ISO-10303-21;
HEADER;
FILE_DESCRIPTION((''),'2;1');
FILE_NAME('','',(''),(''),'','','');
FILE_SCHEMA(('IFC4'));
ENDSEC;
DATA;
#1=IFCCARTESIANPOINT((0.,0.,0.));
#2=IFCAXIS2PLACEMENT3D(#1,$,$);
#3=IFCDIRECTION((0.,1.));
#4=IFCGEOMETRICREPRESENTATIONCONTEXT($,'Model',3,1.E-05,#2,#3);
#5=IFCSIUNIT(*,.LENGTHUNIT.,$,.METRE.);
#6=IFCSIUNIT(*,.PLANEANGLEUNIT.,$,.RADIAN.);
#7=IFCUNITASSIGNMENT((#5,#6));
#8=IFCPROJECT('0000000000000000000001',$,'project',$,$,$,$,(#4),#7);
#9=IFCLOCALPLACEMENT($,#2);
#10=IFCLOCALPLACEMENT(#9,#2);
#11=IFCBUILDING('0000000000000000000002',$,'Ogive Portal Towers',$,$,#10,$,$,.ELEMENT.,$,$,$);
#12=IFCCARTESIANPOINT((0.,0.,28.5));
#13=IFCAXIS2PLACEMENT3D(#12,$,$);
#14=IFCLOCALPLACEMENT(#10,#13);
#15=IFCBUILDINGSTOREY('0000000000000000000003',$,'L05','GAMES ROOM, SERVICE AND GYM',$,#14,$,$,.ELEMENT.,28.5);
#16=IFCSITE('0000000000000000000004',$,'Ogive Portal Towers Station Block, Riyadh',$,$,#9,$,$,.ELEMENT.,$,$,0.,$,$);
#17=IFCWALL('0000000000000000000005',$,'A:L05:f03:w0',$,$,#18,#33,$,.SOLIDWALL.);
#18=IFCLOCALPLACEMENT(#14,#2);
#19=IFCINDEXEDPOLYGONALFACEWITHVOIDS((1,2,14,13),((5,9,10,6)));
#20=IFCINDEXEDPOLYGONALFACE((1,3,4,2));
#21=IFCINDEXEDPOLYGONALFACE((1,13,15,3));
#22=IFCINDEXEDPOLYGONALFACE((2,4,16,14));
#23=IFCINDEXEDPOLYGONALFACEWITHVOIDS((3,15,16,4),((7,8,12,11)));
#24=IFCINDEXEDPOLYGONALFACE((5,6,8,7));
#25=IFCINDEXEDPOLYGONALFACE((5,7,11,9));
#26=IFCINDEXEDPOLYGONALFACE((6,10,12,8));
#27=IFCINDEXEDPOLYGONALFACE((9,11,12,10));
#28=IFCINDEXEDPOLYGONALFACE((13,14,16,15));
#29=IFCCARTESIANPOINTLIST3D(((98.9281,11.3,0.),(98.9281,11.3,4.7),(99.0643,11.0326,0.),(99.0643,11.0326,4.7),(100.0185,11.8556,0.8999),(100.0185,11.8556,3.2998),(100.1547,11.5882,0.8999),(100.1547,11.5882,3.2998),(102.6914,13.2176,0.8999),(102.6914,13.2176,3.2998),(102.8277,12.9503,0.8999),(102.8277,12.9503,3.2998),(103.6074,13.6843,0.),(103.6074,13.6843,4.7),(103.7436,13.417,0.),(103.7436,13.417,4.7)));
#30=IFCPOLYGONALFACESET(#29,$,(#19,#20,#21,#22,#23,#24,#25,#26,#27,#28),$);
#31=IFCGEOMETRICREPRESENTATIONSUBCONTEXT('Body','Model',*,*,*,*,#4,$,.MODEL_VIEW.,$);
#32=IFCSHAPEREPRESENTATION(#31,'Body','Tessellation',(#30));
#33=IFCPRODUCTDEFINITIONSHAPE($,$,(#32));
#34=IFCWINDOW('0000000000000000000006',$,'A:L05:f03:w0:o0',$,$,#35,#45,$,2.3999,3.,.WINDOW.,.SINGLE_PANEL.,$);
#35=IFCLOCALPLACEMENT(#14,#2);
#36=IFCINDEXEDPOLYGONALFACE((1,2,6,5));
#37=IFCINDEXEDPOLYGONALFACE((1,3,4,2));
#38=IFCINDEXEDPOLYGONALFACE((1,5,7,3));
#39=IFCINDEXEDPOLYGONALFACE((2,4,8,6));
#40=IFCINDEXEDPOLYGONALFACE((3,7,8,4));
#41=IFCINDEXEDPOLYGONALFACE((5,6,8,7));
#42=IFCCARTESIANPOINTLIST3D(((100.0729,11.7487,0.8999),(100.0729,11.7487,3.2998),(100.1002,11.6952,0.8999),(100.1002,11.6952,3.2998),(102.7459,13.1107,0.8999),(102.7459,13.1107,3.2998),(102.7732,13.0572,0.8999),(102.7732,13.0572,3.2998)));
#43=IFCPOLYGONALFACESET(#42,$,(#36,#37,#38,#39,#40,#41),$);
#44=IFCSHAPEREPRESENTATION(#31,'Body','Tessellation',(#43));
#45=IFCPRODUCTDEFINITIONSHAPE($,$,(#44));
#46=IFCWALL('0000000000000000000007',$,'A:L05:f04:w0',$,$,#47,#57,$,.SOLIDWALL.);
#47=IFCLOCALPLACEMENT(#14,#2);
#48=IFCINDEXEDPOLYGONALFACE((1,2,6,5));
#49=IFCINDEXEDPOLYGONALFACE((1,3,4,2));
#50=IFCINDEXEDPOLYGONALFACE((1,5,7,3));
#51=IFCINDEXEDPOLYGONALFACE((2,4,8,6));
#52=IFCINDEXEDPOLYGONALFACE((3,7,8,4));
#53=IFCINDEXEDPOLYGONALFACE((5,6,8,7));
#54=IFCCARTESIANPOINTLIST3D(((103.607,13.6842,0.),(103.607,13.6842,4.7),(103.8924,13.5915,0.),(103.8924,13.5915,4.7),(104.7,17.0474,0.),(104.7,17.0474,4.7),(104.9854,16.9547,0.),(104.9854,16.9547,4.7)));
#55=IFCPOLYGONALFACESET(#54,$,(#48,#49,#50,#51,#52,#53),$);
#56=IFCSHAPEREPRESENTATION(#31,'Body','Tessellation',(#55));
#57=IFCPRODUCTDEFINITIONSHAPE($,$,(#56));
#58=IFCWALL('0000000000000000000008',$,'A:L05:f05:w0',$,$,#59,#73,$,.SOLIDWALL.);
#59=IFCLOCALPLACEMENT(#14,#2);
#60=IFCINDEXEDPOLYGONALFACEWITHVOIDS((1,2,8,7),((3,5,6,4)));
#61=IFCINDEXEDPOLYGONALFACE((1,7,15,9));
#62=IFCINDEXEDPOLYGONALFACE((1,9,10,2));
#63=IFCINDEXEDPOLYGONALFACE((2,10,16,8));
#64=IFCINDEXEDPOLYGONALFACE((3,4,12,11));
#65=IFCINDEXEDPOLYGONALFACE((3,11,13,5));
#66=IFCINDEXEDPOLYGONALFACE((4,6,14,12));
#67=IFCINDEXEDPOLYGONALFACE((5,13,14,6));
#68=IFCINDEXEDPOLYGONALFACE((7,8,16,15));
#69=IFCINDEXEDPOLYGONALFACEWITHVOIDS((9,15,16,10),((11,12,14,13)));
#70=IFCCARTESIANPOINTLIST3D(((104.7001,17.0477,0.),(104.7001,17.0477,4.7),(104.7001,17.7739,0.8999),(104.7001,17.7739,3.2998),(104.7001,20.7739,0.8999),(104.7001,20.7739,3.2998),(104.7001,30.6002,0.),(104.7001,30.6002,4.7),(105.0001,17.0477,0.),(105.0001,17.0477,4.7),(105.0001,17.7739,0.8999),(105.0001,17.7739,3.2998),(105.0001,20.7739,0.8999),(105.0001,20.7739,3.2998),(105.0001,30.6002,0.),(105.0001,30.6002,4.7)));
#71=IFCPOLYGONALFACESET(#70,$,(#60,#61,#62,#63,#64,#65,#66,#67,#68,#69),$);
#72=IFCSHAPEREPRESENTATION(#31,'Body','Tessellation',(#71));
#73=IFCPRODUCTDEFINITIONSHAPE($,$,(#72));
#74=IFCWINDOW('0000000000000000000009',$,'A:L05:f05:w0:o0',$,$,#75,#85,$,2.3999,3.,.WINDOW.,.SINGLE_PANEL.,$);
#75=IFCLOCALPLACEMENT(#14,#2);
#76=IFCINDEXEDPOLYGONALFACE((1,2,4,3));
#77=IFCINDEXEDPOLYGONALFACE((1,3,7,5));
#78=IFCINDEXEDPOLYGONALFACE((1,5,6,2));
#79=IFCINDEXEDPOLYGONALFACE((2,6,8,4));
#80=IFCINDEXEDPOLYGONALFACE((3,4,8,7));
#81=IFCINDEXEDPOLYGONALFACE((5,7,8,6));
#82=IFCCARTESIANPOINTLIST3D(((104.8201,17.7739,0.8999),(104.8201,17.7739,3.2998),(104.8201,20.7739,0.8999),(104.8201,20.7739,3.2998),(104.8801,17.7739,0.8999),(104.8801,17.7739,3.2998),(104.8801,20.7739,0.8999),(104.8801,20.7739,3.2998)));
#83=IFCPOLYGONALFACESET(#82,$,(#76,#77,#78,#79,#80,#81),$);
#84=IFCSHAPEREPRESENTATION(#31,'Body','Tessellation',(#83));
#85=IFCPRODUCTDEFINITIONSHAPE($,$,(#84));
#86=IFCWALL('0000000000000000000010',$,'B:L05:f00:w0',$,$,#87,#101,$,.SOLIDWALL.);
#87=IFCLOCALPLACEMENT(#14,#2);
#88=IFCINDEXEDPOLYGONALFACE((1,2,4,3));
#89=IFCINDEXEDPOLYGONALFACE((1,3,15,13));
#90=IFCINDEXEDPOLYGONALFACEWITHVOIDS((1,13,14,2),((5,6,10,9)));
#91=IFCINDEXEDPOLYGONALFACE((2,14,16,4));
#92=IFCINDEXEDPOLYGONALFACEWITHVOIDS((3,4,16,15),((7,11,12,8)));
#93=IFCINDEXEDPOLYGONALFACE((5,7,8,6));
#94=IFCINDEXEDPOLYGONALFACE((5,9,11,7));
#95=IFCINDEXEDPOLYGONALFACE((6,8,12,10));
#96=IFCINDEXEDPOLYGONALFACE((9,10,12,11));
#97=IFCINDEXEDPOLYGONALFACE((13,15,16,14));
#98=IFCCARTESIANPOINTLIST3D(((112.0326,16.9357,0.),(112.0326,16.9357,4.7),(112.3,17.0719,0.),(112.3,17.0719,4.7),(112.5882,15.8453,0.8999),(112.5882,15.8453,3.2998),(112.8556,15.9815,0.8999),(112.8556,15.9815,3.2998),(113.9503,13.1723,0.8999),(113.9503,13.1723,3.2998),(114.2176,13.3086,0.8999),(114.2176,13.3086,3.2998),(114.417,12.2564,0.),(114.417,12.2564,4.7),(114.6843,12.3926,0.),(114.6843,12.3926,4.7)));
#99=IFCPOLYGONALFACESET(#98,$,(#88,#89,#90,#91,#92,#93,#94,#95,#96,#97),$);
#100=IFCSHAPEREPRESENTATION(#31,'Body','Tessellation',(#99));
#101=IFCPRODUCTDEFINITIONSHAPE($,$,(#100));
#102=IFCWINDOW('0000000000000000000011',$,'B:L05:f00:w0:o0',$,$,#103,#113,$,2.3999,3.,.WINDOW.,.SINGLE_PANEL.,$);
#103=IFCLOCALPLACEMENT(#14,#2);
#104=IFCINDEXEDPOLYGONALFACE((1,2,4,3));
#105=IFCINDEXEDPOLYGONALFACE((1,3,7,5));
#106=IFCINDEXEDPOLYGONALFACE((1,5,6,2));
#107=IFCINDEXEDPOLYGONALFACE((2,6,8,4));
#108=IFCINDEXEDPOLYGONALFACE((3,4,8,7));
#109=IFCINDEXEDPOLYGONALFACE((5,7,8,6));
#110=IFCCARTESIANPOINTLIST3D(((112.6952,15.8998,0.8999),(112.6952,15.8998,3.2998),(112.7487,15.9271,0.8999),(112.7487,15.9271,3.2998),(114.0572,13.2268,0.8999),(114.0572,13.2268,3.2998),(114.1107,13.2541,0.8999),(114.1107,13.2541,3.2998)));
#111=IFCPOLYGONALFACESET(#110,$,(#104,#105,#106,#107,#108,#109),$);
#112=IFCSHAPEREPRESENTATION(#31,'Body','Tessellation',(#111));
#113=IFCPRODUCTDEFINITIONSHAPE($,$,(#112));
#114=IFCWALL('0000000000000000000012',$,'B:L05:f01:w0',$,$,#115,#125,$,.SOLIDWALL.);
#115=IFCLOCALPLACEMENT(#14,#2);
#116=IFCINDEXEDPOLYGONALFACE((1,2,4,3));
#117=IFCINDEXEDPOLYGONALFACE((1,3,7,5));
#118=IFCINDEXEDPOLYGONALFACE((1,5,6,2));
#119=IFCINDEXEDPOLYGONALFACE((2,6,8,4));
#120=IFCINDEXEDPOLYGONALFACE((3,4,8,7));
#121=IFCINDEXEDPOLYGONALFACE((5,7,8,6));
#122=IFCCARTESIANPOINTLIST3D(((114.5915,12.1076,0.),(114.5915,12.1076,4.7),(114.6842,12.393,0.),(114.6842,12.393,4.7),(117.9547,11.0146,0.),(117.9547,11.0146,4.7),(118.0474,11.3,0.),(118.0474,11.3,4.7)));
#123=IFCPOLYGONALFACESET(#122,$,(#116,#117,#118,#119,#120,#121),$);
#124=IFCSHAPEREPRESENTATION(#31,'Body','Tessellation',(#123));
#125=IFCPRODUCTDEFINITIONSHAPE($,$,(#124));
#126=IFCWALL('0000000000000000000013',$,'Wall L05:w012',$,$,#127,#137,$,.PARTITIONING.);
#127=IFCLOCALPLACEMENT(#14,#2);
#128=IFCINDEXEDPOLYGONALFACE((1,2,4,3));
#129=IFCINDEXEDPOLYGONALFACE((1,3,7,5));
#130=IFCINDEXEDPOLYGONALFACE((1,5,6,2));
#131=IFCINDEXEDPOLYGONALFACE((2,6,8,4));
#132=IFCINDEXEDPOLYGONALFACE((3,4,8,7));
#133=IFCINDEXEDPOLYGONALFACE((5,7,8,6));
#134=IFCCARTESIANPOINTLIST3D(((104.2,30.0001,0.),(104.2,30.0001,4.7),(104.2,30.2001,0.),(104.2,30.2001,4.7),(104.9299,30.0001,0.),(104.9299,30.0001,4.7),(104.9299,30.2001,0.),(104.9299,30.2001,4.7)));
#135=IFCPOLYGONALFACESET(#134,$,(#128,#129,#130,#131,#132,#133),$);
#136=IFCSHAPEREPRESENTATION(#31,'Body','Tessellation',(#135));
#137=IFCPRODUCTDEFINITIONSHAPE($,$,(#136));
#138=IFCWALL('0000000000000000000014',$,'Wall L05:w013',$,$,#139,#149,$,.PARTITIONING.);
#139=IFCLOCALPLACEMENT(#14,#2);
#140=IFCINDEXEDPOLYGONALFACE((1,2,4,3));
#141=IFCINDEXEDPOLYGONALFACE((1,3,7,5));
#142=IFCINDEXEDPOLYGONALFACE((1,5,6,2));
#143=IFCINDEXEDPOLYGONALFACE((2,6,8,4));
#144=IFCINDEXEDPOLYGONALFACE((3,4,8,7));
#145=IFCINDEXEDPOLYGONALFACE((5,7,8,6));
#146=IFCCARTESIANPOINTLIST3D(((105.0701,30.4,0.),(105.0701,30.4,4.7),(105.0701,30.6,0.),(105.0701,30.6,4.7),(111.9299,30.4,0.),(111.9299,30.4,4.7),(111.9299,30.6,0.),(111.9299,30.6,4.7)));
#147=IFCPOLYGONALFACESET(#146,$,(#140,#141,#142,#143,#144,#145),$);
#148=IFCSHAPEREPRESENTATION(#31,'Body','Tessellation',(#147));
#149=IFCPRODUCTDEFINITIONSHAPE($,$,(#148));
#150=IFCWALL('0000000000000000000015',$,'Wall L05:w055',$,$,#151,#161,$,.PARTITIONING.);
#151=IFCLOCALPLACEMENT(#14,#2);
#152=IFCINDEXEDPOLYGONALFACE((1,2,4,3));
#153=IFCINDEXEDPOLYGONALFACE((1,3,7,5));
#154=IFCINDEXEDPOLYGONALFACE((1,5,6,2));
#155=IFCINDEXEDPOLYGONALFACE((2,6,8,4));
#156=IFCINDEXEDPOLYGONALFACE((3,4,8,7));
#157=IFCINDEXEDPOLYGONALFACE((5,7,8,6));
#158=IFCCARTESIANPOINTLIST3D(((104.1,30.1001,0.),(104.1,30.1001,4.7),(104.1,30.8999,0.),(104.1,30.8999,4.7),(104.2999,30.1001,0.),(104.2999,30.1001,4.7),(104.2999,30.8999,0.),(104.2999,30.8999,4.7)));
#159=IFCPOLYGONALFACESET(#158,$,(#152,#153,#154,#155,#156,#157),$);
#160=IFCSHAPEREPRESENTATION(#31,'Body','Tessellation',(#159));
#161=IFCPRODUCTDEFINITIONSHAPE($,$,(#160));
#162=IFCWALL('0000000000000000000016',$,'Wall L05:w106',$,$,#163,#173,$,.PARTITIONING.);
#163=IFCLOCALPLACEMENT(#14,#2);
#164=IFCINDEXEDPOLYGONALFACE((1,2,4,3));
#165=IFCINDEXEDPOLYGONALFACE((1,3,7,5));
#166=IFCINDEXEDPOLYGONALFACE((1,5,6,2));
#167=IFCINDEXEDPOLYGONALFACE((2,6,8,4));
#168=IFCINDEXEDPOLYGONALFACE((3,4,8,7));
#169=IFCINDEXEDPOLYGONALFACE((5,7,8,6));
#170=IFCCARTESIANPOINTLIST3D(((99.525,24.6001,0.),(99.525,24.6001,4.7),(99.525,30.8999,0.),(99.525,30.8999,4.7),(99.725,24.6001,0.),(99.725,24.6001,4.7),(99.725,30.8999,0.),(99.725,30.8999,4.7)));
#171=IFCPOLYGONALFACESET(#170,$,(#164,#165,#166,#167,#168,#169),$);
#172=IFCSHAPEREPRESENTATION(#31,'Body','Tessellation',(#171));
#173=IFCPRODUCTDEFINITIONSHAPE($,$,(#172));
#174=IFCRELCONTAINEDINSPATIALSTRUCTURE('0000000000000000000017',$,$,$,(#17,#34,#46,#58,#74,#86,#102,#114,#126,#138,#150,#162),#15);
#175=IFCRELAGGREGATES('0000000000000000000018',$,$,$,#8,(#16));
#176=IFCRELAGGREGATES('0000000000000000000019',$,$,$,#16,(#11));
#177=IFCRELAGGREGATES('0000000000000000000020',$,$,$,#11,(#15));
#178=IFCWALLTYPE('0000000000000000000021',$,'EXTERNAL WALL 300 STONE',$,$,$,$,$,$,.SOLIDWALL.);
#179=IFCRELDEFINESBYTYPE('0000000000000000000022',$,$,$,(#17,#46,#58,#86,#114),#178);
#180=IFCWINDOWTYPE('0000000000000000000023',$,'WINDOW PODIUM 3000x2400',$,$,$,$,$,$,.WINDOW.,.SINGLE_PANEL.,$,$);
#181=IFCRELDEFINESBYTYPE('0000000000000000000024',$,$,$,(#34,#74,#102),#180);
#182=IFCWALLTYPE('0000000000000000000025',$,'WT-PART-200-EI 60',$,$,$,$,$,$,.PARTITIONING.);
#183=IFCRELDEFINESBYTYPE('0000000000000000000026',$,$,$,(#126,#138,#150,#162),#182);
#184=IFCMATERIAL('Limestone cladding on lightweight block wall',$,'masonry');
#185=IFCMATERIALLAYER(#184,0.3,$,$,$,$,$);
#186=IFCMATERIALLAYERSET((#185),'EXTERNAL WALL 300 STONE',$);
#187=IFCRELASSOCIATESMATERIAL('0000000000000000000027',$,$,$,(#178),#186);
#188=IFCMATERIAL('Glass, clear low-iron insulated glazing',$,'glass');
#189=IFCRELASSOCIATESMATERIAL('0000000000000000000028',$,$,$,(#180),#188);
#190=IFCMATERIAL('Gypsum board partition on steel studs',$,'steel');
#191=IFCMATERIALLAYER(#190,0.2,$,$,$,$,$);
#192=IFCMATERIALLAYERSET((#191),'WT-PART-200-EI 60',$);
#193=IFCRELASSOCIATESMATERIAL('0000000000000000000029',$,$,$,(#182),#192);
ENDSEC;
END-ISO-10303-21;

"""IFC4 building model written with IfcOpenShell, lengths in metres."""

from ifc_helpers import new_model, si_unit, direction, frame, frame_2d, origin, place, context, subcontext, project, spatial, rectangle, extrude, material, layer, layer_set, type_object, element, fill, save


model = new_model("IFC4")

# Units and contexts
model_context = context("Model", 3, precision=1e-05, world=origin(), true_north=direction((0.0, 1.0)))
body_context = subcontext(model_context, "Body", "Model", "MODEL_VIEW")
ifc_project = project(units=[si_unit("LENGTHUNIT", "METRE"), si_unit("PLANEANGLEUNIT", "RADIAN")], contexts=[model_context])

# Site, building, storey
site_placement = place(None, origin())
site = spatial("IfcSite", under=ifc_project, at=site_placement, Name="Ogive Portal Towers Station Block, Riyadh", CompositionType="ELEMENT", RefElevation=0.0)
building_placement = place(site_placement, origin())
building = spatial("IfcBuilding", under=site, at=building_placement, Name="Ogive Portal Towers", CompositionType="ELEMENT")
storey_placement = place(building_placement, frame((0.0, 0.0, 28.5)))
storey = spatial("IfcBuildingStorey", under=building, at=storey_placement, Name="L05", Description="GAMES ROOM, SERVICE AND GYM", CompositionType="ELEMENT", Elevation=28.5)

# Wall, opening, window
ifc_material_1 = material(Name="Limestone cladding on lightweight block wall", Category="masonry")
ifc_layer_1 = layer(ifc_material_1, 0.3)
ifc_layer_set_1 = layer_set([ifc_layer_1], Name="EXTERNAL WALL 300 STONE")
wall_type_1 = type_object("IfcWallType", Name="EXTERNAL WALL 300 STONE", PredefinedType="SOLIDWALL", material=ifc_layer_set_1)
wall_1_placement = place(storey_placement, frame((98.9961, 11.1663, 0.0), z_axis=(0.0, 0.0, 1.0), x_axis=(0.890998, 0.454007, 0.0)))
wall_1 = element("IfcWall", 1, at=wall_1_placement, inside=storey, type_object=wall_type_1, Name="A:L05:f03:w0", PredefinedType="SOLIDWALL", context=body_context, shape_type="SweptSolid", body=[
    extrude(rectangle(XDim=5.2517, YDim=0.3, at=frame_2d((2.626, 0.0))), origin(), (0.0, 0.0, 1.0), 4.7),
])
opening_1_placement = place(wall_1_placement, frame((1.2239, 0.0, 0.8999)))
opening_1 = element("IfcOpeningElement", 2, at=opening_1_placement, cuts=wall_1, PredefinedType="OPENING", context=body_context, shape_type="SweptSolid", body=[
    extrude(rectangle(XDim=3.0, YDim=2.3999, at=frame_2d((1.5, 1.2))), frame((0.0, 0.1602, 0.0), z_axis=(0.0, -1.0, 0.0), x_axis=(1.0, 0.0, 0.0)), (0.0, 0.0, 1.0), 0.3201),
])
ifc_material_2 = material(Name="Glass, clear low-iron insulated glazing", Category="glass")
window_type = type_object("IfcWindowType", Name="WINDOW PODIUM 3000x2400", PartitioningType="SINGLE_PANEL", PredefinedType="WINDOW", material=ifc_material_2)
window_1_placement = place(opening_1_placement, origin())
window_1 = element("IfcWindow", 3, at=window_1_placement, inside=storey, type_object=window_type, Name="A:L05:f03:w0:o0", OverallHeight=2.3999, OverallWidth=3.0, PartitioningType="SINGLE_PANEL", PredefinedType="WINDOW", context=body_context, shape_type="SweptSolid", body=[
    extrude(rectangle(XDim=3.0, YDim=2.3999, at=frame_2d((1.5, 1.2))), frame((0.0, 0.03, 0.0), z_axis=(0.0, -1.0, 0.0), x_axis=(1.0, 0.0, 0.0)), (0.0, 0.0, 1.0), 0.0601),
])
fill(opening_1, window_1)

# Wall
wall_2_placement = place(storey_placement, frame((103.7498, 13.6379, 0.0), z_axis=(0.0, 0.0, 1.0), x_axis=(0.309074, 0.951038, 0.0)))
element("IfcWall", 4, at=wall_2_placement, inside=storey, type_object=wall_type_1, Name="A:L05:f04:w0", PredefinedType="SOLIDWALL", context=body_context, shape_type="SweptSolid", body=[
    extrude(rectangle(XDim=3.5364, YDim=0.3, at=frame_2d((1.7681, 0.0))), origin(), (0.0, 0.0, 1.0), 4.7),
])

# Walls, openings, windows
wall_3_placement = place(storey_placement, frame((104.8501, 17.0476, 0.0), z_axis=(0.0, 0.0, 1.0), x_axis=(0.0, 1.0, 0.0)))
wall_3 = element("IfcWall", 5, at=wall_3_placement, inside=storey, type_object=wall_type_1, Name="A:L05:f05:w0", PredefinedType="SOLIDWALL", context=body_context, shape_type="SweptSolid", body=[
    extrude(rectangle(XDim=13.5525, YDim=0.3, at=frame_2d((6.7764, 0.0))), origin(), (0.0, 0.0, 1.0), 4.7),
])
opening_2_placement = place(wall_3_placement, frame((0.7263, 0.0, 0.8999)))
opening_2 = element("IfcOpeningElement", 6, at=opening_2_placement, cuts=wall_3, PredefinedType="OPENING", context=body_context, shape_type="SweptSolid", body=[
    extrude(rectangle(XDim=3.0, YDim=2.3999, at=frame_2d((1.5, 1.2))), frame((0.0, 0.1602, 0.0), z_axis=(0.0, -1.0, 0.0), x_axis=(1.0, 0.0, 0.0)), (0.0, 0.0, 1.0), 0.3201),
])
window_2_placement = place(opening_2_placement, origin())
window_2 = element("IfcWindow", 7, at=window_2_placement, inside=storey, type_object=window_type, Name="A:L05:f05:w0:o0", OverallHeight=2.3999, OverallWidth=3.0, PartitioningType="SINGLE_PANEL", PredefinedType="WINDOW", context=body_context, shape_type="SweptSolid", body=[
    extrude(rectangle(XDim=3.0, YDim=2.3999, at=frame_2d((1.5, 1.2))), frame((0.0, 0.03, 0.0), z_axis=(0.0, -1.0, 0.0), x_axis=(1.0, 0.0, 0.0)), (0.0, 0.0, 1.0), 0.0601),
])
fill(opening_2, window_2)
wall_4_placement = place(storey_placement, frame((112.1663, 17.0039, 0.0), z_axis=(0.0, 0.0, 1.0), x_axis=(0.454007, -0.890998, 0.0)))
wall_4 = element("IfcWall", 8, at=wall_4_placement, inside=storey, type_object=wall_type_1, Name="B:L05:f00:w0", PredefinedType="SOLIDWALL", context=body_context, shape_type="SweptSolid", body=[
    extrude(rectangle(XDim=5.2517, YDim=0.3, at=frame_2d((2.626, 0.0))), origin(), (0.0, 0.0, 1.0), 4.7),
])
opening_3_placement = place(wall_4_placement, frame((1.2239, 0.0, 0.8999)))
opening_3 = element("IfcOpeningElement", 9, at=opening_3_placement, cuts=wall_4, PredefinedType="OPENING", context=body_context, shape_type="SweptSolid", body=[
    extrude(rectangle(XDim=3.0, YDim=2.3999, at=frame_2d((1.5, 1.2))), frame((0.0, 0.1602, 0.0), z_axis=(0.0, -1.0, 0.0), x_axis=(1.0, 0.0, 0.0)), (0.0, 0.0, 1.0), 0.3201),
])
window_3_placement = place(opening_3_placement, origin())
window_3 = element("IfcWindow", 10, at=window_3_placement, inside=storey, type_object=window_type, Name="B:L05:f00:w0:o0", OverallHeight=2.3999, OverallWidth=3.0, PartitioningType="SINGLE_PANEL", PredefinedType="WINDOW", context=body_context, shape_type="SweptSolid", body=[
    extrude(rectangle(XDim=3.0, YDim=2.3999, at=frame_2d((1.5, 1.2))), frame((0.0, 0.03, 0.0), z_axis=(0.0, -1.0, 0.0), x_axis=(1.0, 0.0, 0.0)), (0.0, 0.0, 1.0), 0.0601),
])
fill(opening_3, window_3)

# Walls
wall_5_placement = place(storey_placement, frame((114.6379, 12.2502, 0.0), z_axis=(0.0, 0.0, 1.0), x_axis=(0.951038, -0.309074, 0.0)))
element("IfcWall", 11, at=wall_5_placement, inside=storey, type_object=wall_type_1, Name="B:L05:f01:w0", PredefinedType="SOLIDWALL", context=body_context, shape_type="SweptSolid", body=[
    extrude(rectangle(XDim=3.5364, YDim=0.3, at=frame_2d((1.7681, 0.0))), origin(), (0.0, 0.0, 1.0), 4.7),
])
ifc_material_3 = material(Name="Gypsum board partition on steel studs", Category="steel")
ifc_layer_2 = layer(ifc_material_3, 0.2)
ifc_layer_set_2 = layer_set([ifc_layer_2], Name="WT-PART-200-EI 60")
wall_type_2 = type_object("IfcWallType", Name="WT-PART-200-EI 60", PredefinedType="PARTITIONING", material=ifc_layer_set_2)
wall_6_placement = place(storey_placement, frame((104.2, 30.1001, 0.0), z_axis=(0.0, 0.0, 1.0), x_axis=(1.0, 0.0, 0.0)))
element("IfcWall", 12, at=wall_6_placement, inside=storey, type_object=wall_type_2, Name="Wall L05:w012", PredefinedType="PARTITIONING", context=body_context, shape_type="SweptSolid", body=[
    extrude(rectangle(XDim=0.73, YDim=0.2, at=frame_2d((0.365, 0.0))), origin(), (0.0, 0.0, 1.0), 4.7),
])
wall_7_placement = place(storey_placement, frame((105.0701, 30.5, 0.0), z_axis=(0.0, 0.0, 1.0), x_axis=(1.0, 0.0, 0.0)))
element("IfcWall", 13, at=wall_7_placement, inside=storey, type_object=wall_type_2, Name="Wall L05:w013", PredefinedType="PARTITIONING", context=body_context, shape_type="SweptSolid", body=[
    extrude(rectangle(XDim=6.8599, YDim=0.2, at=frame_2d((3.4299, 0.0))), origin(), (0.0, 0.0, 1.0), 4.7),
])
wall_8_placement = place(storey_placement, frame((104.2, 30.1001, 0.0), z_axis=(0.0, 0.0, 1.0), x_axis=(0.0, 1.0, 0.0)))
element("IfcWall", 14, at=wall_8_placement, inside=storey, type_object=wall_type_2, Name="Wall L05:w055", PredefinedType="PARTITIONING", context=body_context, shape_type="SweptSolid", body=[
    extrude(rectangle(XDim=0.7998, YDim=0.2, at=frame_2d((0.3999, 0.0))), origin(), (0.0, 0.0, 1.0), 4.7),
])
wall_9_placement = place(storey_placement, frame((99.625, 24.6001, 0.0), z_axis=(0.0, 0.0, 1.0), x_axis=(0.0, 1.0, 0.0)))
element("IfcWall", 15, at=wall_9_placement, inside=storey, type_object=wall_type_2, Name="Wall L05:w106", PredefinedType="PARTITIONING", context=body_context, shape_type="SweptSolid", body=[
    extrude(rectangle(XDim=6.2998, YDim=0.2, at=frame_2d((3.1499, 0.0))), origin(), (0.0, 0.0, 1.0), 4.7),
])

save(model, "model.ifc")
